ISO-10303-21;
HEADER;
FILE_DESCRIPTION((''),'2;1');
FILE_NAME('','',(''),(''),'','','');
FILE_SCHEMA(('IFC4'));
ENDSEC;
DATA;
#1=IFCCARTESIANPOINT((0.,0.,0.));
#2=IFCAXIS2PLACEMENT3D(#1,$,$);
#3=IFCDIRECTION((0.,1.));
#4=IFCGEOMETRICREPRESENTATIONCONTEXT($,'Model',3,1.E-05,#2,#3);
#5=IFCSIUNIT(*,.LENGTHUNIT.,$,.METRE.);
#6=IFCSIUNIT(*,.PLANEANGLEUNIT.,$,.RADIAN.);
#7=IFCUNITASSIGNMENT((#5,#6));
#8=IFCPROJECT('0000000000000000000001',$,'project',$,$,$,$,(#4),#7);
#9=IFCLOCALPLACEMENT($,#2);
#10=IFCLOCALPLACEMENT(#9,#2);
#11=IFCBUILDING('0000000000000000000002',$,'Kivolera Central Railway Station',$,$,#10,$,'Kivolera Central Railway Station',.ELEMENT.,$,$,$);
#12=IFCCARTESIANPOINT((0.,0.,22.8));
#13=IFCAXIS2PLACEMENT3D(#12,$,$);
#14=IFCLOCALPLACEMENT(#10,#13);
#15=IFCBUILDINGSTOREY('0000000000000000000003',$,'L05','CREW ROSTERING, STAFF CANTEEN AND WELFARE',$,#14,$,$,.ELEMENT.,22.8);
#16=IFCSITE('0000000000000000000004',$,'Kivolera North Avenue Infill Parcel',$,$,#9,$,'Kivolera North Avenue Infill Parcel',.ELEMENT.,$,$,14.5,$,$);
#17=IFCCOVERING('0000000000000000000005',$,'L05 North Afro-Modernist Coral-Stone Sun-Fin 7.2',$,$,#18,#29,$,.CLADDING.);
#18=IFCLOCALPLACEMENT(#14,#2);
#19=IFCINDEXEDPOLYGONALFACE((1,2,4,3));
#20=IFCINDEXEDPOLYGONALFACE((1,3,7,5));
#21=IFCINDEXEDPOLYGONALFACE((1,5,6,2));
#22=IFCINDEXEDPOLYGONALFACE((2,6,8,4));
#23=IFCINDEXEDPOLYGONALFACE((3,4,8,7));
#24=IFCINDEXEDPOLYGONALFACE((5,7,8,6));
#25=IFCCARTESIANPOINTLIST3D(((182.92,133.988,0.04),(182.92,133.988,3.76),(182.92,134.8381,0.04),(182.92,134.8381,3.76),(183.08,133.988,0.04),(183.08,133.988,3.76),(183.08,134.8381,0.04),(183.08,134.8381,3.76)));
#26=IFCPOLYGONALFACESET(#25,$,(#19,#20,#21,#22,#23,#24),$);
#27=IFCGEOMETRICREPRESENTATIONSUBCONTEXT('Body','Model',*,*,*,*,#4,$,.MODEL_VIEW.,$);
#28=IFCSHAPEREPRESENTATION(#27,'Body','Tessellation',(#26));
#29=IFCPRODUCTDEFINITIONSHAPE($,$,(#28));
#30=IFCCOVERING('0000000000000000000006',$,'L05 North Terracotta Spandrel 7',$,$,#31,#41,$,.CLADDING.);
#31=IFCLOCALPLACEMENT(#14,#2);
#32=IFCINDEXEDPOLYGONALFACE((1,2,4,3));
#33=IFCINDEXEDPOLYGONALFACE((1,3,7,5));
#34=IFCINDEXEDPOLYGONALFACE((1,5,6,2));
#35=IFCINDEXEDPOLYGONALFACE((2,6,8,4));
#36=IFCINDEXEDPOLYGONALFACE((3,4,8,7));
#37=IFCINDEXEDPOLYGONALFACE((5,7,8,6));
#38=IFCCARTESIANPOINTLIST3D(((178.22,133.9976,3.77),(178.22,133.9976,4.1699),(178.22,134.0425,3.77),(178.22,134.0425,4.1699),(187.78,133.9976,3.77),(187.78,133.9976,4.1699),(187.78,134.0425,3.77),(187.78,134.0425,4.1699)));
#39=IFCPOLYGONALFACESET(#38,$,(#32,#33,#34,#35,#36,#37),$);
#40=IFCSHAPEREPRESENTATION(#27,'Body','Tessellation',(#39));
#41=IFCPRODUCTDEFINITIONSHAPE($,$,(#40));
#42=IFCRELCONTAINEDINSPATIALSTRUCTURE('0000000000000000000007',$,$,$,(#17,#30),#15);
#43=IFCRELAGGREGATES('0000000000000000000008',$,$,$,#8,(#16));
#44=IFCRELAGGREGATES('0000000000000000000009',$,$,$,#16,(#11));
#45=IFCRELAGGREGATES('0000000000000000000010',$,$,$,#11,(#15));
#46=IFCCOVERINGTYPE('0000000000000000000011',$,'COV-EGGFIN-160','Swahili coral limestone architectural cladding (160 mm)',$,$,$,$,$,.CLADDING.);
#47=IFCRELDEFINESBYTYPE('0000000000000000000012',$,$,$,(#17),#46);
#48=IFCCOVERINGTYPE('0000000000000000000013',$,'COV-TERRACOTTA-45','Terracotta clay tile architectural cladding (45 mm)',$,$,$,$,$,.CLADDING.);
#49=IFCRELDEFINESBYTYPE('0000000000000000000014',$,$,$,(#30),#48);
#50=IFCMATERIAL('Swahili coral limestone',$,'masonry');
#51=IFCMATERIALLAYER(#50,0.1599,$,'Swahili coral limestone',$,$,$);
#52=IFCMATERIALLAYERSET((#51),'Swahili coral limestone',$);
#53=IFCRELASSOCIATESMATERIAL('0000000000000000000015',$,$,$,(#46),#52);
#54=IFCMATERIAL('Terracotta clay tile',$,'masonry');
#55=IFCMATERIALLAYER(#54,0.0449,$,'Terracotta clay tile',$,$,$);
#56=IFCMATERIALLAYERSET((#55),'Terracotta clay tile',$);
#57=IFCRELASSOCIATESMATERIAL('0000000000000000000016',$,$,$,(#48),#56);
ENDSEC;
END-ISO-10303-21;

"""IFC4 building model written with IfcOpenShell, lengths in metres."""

from ifc_helpers import new_model, si_unit, direction, frame, frame_2d, origin, origin_2d, place, context, subcontext, project, spatial, rectangle, extrude, material, layer, layer_set, type_object, element, save


model = new_model("IFC4")

# Units and contexts
model_context = context("Model", 3, precision=1e-05, world=origin(), true_north=direction((0.0, 1.0)))
body_context = subcontext(model_context, "Body", "Model", "MODEL_VIEW")
ifc_project = project(units=[si_unit("LENGTHUNIT", "METRE"), si_unit("PLANEANGLEUNIT", "RADIAN")], contexts=[model_context])

# Site, building, storey
site_placement = place(None, origin())
site = spatial("IfcSite", under=ifc_project, at=site_placement, Name="Kivolera North Avenue Infill Parcel", LongName="Kivolera North Avenue Infill Parcel", CompositionType="ELEMENT", RefElevation=14.5)
building_placement = place(site_placement, origin())
building = spatial("IfcBuilding", under=site, at=building_placement, Name="Kivolera Central Railway Station", LongName="Kivolera Central Railway Station", CompositionType="ELEMENT")
storey_placement = place(building_placement, frame((0.0, 0.0, 22.8)))
storey = spatial("IfcBuildingStorey", under=building, at=storey_placement, Name="L05", Description="CREW ROSTERING, STAFF CANTEEN AND WELFARE", CompositionType="ELEMENT", Elevation=22.8)

# Coverings
ifc_material_1 = material(Name="Swahili coral limestone", Category="masonry")
ifc_layer_1 = layer(ifc_material_1, 0.1599, Name="Swahili coral limestone")
ifc_layer_set_1 = layer_set([ifc_layer_1], Name="Swahili coral limestone")
covering_type_1 = type_object("IfcCoveringType", Name="COV-EGGFIN-160", Description="Swahili coral limestone architectural cladding (160 mm)", PredefinedType="CLADDING", material=ifc_layer_set_1)
for number, where, z_axis, x_axis, name in (
    (1, (183.0, 134.4131, 0.04), (0.0, 0.0, 1.0), (1.0, 0.0, 0.0), "L05 North Afro-Modernist Coral-Stone Sun-Fin 7.2"),
):
    element("IfcCovering", number, at=place(storey_placement, frame(where, z_axis=z_axis, x_axis=x_axis)), inside=storey, type_object=covering_type_1, Name=name, PredefinedType="CLADDING", context=body_context, shape_type="SweptSolid", body=[
        extrude(rectangle(XDim=0.1599, YDim=0.8501, at=origin_2d()), origin(), (0.0, 0.0, 1.0), 3.72),
    ])
ifc_material_2 = material(Name="Terracotta clay tile", Category="masonry")
ifc_layer_2 = layer(ifc_material_2, 0.0449, Name="Terracotta clay tile")
ifc_layer_set_2 = layer_set([ifc_layer_2], Name="Terracotta clay tile")
covering_type_2 = type_object("IfcCoveringType", Name="COV-TERRACOTTA-45", Description="Terracotta clay tile architectural cladding (45 mm)", PredefinedType="CLADDING", material=ifc_layer_set_2)
covering_1_placement = place(storey_placement, frame((178.22, 134.02, 3.77), z_axis=(0.0, 0.0, 1.0), x_axis=(1.0, 0.0, 0.0)))
element("IfcCovering", 2, at=covering_1_placement, inside=storey, type_object=covering_type_2, Name="L05 North Terracotta Spandrel 7", PredefinedType="CLADDING", context=body_context, shape_type="SweptSolid", body=[
    extrude(rectangle(XDim=9.5601, YDim=0.0449, at=frame_2d((4.78, 0.0))), origin(), (0.0, 0.0, 1.0), 0.3999),
])

save(model, "model.ifc")
